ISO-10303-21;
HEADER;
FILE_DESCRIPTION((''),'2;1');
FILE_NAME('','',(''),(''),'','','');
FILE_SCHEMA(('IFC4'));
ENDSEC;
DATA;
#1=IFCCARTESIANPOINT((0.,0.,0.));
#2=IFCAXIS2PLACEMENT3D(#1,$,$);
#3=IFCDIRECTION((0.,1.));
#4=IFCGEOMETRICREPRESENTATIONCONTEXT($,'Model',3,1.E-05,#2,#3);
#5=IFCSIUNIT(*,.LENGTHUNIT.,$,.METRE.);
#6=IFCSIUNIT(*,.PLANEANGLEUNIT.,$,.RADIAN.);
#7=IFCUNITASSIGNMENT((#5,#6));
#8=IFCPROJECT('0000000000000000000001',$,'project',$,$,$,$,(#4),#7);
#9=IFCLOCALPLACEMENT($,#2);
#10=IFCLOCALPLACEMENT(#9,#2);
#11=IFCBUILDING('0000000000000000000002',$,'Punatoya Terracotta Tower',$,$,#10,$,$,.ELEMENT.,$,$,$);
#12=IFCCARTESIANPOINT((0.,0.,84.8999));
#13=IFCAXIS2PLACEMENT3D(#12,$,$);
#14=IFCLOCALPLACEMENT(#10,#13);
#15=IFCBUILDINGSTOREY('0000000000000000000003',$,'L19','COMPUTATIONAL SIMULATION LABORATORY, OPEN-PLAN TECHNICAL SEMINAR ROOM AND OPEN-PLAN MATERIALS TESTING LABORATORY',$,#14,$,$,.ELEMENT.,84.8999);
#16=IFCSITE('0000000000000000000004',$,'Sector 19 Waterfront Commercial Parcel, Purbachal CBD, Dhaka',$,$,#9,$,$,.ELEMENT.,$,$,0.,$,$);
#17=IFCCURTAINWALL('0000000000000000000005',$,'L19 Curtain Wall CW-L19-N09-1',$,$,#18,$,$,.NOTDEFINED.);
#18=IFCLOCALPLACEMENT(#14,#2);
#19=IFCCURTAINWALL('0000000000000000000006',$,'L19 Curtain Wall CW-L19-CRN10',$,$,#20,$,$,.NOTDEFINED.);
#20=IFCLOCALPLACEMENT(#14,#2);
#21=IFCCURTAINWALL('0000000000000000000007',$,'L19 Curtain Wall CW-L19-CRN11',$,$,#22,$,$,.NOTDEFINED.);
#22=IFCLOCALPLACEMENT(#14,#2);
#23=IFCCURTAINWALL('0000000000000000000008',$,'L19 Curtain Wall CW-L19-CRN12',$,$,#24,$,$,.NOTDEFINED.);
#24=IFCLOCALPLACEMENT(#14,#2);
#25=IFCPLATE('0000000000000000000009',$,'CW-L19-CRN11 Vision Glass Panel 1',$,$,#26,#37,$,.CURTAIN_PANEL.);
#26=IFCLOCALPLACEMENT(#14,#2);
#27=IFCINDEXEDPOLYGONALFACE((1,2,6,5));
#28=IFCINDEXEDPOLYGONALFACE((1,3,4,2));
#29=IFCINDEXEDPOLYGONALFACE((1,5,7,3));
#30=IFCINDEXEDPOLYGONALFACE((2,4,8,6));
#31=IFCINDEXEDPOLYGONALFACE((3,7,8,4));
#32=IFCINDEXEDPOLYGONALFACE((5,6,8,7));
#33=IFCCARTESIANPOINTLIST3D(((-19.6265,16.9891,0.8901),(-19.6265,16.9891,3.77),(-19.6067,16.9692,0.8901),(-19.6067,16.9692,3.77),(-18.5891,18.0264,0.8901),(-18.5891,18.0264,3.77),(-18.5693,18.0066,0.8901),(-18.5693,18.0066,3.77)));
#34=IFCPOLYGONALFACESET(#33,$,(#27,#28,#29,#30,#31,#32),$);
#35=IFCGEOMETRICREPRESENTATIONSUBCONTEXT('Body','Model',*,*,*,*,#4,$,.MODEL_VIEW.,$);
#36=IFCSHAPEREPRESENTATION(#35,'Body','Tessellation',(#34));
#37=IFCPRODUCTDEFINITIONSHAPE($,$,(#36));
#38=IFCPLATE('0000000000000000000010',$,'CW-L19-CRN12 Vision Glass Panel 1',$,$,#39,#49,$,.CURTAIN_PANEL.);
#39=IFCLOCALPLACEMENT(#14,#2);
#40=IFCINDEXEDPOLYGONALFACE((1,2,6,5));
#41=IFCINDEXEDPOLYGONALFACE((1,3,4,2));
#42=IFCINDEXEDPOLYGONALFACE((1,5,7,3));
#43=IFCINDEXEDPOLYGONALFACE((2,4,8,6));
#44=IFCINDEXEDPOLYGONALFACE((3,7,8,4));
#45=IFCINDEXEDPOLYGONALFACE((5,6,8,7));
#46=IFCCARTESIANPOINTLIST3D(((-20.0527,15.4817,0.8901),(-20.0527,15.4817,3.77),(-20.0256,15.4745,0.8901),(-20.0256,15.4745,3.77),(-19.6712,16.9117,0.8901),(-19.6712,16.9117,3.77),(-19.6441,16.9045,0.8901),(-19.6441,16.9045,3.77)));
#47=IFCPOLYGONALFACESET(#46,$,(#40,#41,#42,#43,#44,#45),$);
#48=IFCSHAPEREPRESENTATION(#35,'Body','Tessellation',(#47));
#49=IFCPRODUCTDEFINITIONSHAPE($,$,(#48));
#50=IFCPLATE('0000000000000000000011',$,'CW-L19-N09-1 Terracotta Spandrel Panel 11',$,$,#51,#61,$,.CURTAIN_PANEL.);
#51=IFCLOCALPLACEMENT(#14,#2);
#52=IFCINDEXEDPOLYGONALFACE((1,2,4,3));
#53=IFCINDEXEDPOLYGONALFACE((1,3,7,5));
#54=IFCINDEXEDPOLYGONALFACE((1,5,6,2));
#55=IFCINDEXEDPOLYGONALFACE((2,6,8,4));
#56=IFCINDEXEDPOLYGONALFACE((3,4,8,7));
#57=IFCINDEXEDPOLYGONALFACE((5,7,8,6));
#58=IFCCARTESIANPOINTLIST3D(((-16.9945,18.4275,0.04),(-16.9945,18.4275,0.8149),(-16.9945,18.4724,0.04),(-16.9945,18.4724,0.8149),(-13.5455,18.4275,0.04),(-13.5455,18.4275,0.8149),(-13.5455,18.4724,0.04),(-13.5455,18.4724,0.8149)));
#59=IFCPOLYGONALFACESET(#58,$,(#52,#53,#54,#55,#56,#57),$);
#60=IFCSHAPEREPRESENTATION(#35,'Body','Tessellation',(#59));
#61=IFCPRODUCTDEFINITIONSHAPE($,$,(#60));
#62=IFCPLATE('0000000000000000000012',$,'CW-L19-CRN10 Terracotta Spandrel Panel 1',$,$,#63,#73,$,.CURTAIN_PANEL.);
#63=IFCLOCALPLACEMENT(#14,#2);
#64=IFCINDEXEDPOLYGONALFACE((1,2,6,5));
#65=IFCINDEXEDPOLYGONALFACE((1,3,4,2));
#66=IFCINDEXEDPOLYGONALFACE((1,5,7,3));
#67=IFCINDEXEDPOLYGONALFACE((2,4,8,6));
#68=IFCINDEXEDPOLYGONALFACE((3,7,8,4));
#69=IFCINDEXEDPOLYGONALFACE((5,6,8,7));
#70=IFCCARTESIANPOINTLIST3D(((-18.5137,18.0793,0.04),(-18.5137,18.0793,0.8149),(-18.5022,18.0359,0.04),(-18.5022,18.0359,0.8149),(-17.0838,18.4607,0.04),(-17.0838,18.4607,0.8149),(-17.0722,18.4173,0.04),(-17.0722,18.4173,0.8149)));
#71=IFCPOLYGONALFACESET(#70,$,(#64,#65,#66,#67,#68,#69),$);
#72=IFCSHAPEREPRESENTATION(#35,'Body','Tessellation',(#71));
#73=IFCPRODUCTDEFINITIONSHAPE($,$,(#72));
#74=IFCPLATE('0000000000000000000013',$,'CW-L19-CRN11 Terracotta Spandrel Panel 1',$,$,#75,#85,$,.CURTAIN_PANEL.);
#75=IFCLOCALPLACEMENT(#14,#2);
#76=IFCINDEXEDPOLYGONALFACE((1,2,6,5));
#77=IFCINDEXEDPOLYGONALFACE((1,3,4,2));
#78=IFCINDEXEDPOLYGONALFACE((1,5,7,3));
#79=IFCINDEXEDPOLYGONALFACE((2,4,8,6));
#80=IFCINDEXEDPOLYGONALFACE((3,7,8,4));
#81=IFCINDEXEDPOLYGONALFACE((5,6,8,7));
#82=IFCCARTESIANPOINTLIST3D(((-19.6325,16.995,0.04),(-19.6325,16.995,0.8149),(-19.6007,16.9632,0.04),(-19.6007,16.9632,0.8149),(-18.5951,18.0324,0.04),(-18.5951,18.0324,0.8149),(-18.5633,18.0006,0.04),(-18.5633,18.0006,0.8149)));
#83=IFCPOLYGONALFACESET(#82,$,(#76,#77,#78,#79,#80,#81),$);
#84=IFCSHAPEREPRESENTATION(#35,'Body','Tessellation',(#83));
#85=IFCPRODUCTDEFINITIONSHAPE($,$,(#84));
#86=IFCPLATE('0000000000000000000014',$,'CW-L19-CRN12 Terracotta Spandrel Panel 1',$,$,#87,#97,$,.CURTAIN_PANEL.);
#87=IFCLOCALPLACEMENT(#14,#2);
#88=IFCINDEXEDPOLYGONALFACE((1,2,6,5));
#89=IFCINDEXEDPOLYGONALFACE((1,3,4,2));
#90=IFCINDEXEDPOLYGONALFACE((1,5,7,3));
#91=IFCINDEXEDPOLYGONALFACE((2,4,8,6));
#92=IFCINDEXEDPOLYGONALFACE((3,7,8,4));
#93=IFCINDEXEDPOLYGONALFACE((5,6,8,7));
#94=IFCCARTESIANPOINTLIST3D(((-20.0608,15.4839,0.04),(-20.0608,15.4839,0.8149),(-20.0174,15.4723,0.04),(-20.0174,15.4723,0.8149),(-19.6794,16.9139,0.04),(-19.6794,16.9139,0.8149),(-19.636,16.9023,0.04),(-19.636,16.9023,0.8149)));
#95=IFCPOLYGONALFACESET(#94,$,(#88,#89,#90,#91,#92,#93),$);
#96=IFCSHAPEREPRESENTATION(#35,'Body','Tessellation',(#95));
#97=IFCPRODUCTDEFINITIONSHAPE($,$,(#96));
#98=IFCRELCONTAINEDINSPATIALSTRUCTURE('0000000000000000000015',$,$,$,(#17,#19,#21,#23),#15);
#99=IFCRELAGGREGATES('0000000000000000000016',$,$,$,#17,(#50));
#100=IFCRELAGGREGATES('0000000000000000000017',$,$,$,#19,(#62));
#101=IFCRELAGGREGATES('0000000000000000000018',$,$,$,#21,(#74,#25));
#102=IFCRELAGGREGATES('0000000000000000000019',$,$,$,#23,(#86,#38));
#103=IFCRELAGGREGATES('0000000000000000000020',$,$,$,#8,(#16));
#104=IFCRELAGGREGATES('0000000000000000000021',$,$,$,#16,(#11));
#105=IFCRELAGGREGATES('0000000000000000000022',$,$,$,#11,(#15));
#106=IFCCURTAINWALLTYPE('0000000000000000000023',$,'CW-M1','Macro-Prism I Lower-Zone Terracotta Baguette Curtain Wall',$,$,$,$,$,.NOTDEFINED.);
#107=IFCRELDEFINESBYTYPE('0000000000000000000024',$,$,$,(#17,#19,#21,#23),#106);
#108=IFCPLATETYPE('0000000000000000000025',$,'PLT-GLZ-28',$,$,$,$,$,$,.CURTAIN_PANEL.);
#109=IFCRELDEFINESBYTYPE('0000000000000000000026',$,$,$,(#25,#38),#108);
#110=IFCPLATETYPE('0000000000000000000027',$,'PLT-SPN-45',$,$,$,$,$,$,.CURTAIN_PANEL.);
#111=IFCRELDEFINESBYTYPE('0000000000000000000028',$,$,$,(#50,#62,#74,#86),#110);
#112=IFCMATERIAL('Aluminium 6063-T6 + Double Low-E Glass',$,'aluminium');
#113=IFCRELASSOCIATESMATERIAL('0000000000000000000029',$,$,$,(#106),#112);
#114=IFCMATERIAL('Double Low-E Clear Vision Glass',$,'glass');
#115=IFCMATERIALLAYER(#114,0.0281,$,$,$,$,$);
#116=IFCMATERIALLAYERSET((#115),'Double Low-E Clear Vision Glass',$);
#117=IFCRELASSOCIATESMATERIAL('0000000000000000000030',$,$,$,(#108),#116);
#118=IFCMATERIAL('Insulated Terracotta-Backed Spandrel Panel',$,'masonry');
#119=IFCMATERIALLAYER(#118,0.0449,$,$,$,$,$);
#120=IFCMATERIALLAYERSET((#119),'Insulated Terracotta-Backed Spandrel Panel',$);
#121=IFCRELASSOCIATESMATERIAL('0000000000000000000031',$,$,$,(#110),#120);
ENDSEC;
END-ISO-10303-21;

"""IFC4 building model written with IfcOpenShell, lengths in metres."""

from ifc_helpers import new_model, si_unit, direction, frame, origin, origin_2d, place, context, subcontext, project, spatial, rectangle, extrude, material, layer, layer_set, type_object, element, aggregate, save


model = new_model("IFC4")

# Units and contexts
model_context = context("Model", 3, precision=1e-05, world=origin(), true_north=direction((0.0, 1.0)))
body_context = subcontext(model_context, "Body", "Model", "MODEL_VIEW")
ifc_project = project(units=[si_unit("LENGTHUNIT", "METRE"), si_unit("PLANEANGLEUNIT", "RADIAN")], contexts=[model_context])

# Site, building, storey
site_placement = place(None, origin())
site = spatial("IfcSite", under=ifc_project, at=site_placement, Name="Sector 19 Waterfront Commercial Parcel, Purbachal CBD, Dhaka", CompositionType="ELEMENT", RefElevation=0.0)
building_placement = place(site_placement, origin())
building = spatial("IfcBuilding", under=site, at=building_placement, Name="Punatoya Terracotta Tower", CompositionType="ELEMENT")
storey_placement = place(building_placement, frame((0.0, 0.0, 84.8999)))
storey = spatial("IfcBuildingStorey", under=building, at=storey_placement, Name="L19", Description="COMPUTATIONAL SIMULATION LABORATORY, OPEN-PLAN TECHNICAL SEMINAR ROOM AND OPEN-PLAN MATERIALS TESTING LABORATORY", CompositionType="ELEMENT", Elevation=84.8999)

# Curtain walls
ifc_material_1 = material(Name="Aluminium 6063-T6 + Double Low-E Glass", Category="aluminium")
curtain_wall_type = type_object("IfcCurtainWallType", Name="CW-M1", Description="Macro-Prism I Lower-Zone Terracotta Baguette Curtain Wall", PredefinedType="NOTDEFINED", material=ifc_material_1)
curtain_wall_1_placement = place(storey_placement, origin())
curtain_wall_1 = element("IfcCurtainWall", 1, at=curtain_wall_1_placement, inside=storey, type_object=curtain_wall_type, Name="L19 Curtain Wall CW-L19-N09-1", PredefinedType="NOTDEFINED")
curtain_wall_2_placement = place(storey_placement, origin())
curtain_wall_2 = element("IfcCurtainWall", 2, at=curtain_wall_2_placement, inside=storey, type_object=curtain_wall_type, Name="L19 Curtain Wall CW-L19-CRN10", PredefinedType="NOTDEFINED")
curtain_wall_3_placement = place(storey_placement, origin())
curtain_wall_3 = element("IfcCurtainWall", 3, at=curtain_wall_3_placement, inside=storey, type_object=curtain_wall_type, Name="L19 Curtain Wall CW-L19-CRN11", PredefinedType="NOTDEFINED")

# Curtain wall
curtain_wall_4_placement = place(storey_placement, origin())
curtain_wall_4 = element("IfcCurtainWall", 4, at=curtain_wall_4_placement, inside=storey, type_object=curtain_wall_type, Name="L19 Curtain Wall CW-L19-CRN12", PredefinedType="NOTDEFINED")

# Plates
ifc_material_2 = material(Name="Double Low-E Clear Vision Glass", Category="glass")
ifc_layer_1 = layer(ifc_material_2, 0.0281)
ifc_layer_set_1 = layer_set([ifc_layer_1], Name="Double Low-E Clear Vision Glass")
plate_type_1 = type_object("IfcPlateType", Name="PLT-GLZ-28", PredefinedType="CURTAIN_PANEL", material=ifc_layer_set_1)
plate_1_placement = place(storey_placement, frame((-19.0979, 17.4978, 0.8901), z_axis=(0.0, 0.0, 1.0), x_axis=(-0.707107, -0.707107, 0.0)))
plate_1 = element("IfcPlate", 5, at=plate_1_placement, type_object=plate_type_1, Name="CW-L19-CRN11 Vision Glass Panel 1", PredefinedType="CURTAIN_PANEL", context=body_context, shape_type="SweptSolid", body=[
    extrude(rectangle(XDim=1.467, YDim=0.0281, at=origin_2d()), origin(), (0.0, 0.0, 1.0), 2.8799),
])
plate_2_placement = place(storey_placement, frame((-19.8484, 16.1931, 0.8901), z_axis=(0.0, 0.0, 1.0), x_axis=(-0.257742, -0.966214, 0.0)))
plate_2 = element("IfcPlate", 6, at=plate_2_placement, type_object=plate_type_1, Name="CW-L19-CRN12 Vision Glass Panel 1", PredefinedType="CURTAIN_PANEL", context=body_context, shape_type="SweptSolid", body=[
    extrude(rectangle(XDim=1.48, YDim=0.0281, at=origin_2d()), origin(), (0.0, 0.0, 1.0), 2.8799),
])
ifc_material_3 = material(Name="Insulated Terracotta-Backed Spandrel Panel", Category="masonry")
ifc_layer_2 = layer(ifc_material_3, 0.0449)
ifc_layer_set_2 = layer_set([ifc_layer_2], Name="Insulated Terracotta-Backed Spandrel Panel")
plate_type_2 = type_object("IfcPlateType", Name="PLT-SPN-45", PredefinedType="CURTAIN_PANEL", material=ifc_layer_set_2)
plate_3_placement = place(storey_placement, frame((-15.27, 18.45, 0.04), z_axis=(0.0, 0.0, 1.0), x_axis=(-1.0, 0.0, 0.0)))
plate_3 = element("IfcPlate", 7, at=plate_3_placement, type_object=plate_type_2, Name="CW-L19-N09-1 Terracotta Spandrel Panel 11", PredefinedType="CURTAIN_PANEL", context=body_context, shape_type="SweptSolid", body=[
    extrude(rectangle(XDim=3.449, YDim=0.0449, at=origin_2d()), origin(), (0.0, 0.0, 1.0), 0.7749),
])
aggregate(curtain_wall_1, [plate_3])
plate_4_placement = place(storey_placement, frame((-17.793, 18.2483, 0.04), z_axis=(0.0, 0.0, 1.0), x_axis=(-0.966214, -0.257742, 0.0)))
plate_4 = element("IfcPlate", 8, at=plate_4_placement, type_object=plate_type_2, Name="CW-L19-CRN10 Terracotta Spandrel Panel 1", PredefinedType="CURTAIN_PANEL", context=body_context, shape_type="SweptSolid", body=[
    extrude(rectangle(XDim=1.48, YDim=0.0449, at=origin_2d()), origin(), (0.0, 0.0, 1.0), 0.7749),
])
aggregate(curtain_wall_2, [plate_4])
plate_5_placement = place(storey_placement, frame((-19.0979, 17.4978, 0.04), z_axis=(0.0, 0.0, 1.0), x_axis=(-0.707107, -0.707107, 0.0)))
plate_5 = element("IfcPlate", 9, at=plate_5_placement, type_object=plate_type_2, Name="CW-L19-CRN11 Terracotta Spandrel Panel 1", PredefinedType="CURTAIN_PANEL", context=body_context, shape_type="SweptSolid", body=[
    extrude(rectangle(XDim=1.467, YDim=0.0449, at=origin_2d()), origin(), (0.0, 0.0, 1.0), 0.7749),
])
aggregate(curtain_wall_3, [plate_5, plate_1])
plate_6_placement = place(storey_placement, frame((-19.8484, 16.1931, 0.04), z_axis=(0.0, 0.0, 1.0), x_axis=(-0.257742, -0.966214, 0.0)))
plate_6 = element("IfcPlate", 10, at=plate_6_placement, type_object=plate_type_2, Name="CW-L19-CRN12 Terracotta Spandrel Panel 1", PredefinedType="CURTAIN_PANEL", context=body_context, shape_type="SweptSolid", body=[
    extrude(rectangle(XDim=1.48, YDim=0.0449, at=origin_2d()), origin(), (0.0, 0.0, 1.0), 0.7749),
])
aggregate(curtain_wall_4, [plate_6, plate_2])

save(model, "model.ifc")
